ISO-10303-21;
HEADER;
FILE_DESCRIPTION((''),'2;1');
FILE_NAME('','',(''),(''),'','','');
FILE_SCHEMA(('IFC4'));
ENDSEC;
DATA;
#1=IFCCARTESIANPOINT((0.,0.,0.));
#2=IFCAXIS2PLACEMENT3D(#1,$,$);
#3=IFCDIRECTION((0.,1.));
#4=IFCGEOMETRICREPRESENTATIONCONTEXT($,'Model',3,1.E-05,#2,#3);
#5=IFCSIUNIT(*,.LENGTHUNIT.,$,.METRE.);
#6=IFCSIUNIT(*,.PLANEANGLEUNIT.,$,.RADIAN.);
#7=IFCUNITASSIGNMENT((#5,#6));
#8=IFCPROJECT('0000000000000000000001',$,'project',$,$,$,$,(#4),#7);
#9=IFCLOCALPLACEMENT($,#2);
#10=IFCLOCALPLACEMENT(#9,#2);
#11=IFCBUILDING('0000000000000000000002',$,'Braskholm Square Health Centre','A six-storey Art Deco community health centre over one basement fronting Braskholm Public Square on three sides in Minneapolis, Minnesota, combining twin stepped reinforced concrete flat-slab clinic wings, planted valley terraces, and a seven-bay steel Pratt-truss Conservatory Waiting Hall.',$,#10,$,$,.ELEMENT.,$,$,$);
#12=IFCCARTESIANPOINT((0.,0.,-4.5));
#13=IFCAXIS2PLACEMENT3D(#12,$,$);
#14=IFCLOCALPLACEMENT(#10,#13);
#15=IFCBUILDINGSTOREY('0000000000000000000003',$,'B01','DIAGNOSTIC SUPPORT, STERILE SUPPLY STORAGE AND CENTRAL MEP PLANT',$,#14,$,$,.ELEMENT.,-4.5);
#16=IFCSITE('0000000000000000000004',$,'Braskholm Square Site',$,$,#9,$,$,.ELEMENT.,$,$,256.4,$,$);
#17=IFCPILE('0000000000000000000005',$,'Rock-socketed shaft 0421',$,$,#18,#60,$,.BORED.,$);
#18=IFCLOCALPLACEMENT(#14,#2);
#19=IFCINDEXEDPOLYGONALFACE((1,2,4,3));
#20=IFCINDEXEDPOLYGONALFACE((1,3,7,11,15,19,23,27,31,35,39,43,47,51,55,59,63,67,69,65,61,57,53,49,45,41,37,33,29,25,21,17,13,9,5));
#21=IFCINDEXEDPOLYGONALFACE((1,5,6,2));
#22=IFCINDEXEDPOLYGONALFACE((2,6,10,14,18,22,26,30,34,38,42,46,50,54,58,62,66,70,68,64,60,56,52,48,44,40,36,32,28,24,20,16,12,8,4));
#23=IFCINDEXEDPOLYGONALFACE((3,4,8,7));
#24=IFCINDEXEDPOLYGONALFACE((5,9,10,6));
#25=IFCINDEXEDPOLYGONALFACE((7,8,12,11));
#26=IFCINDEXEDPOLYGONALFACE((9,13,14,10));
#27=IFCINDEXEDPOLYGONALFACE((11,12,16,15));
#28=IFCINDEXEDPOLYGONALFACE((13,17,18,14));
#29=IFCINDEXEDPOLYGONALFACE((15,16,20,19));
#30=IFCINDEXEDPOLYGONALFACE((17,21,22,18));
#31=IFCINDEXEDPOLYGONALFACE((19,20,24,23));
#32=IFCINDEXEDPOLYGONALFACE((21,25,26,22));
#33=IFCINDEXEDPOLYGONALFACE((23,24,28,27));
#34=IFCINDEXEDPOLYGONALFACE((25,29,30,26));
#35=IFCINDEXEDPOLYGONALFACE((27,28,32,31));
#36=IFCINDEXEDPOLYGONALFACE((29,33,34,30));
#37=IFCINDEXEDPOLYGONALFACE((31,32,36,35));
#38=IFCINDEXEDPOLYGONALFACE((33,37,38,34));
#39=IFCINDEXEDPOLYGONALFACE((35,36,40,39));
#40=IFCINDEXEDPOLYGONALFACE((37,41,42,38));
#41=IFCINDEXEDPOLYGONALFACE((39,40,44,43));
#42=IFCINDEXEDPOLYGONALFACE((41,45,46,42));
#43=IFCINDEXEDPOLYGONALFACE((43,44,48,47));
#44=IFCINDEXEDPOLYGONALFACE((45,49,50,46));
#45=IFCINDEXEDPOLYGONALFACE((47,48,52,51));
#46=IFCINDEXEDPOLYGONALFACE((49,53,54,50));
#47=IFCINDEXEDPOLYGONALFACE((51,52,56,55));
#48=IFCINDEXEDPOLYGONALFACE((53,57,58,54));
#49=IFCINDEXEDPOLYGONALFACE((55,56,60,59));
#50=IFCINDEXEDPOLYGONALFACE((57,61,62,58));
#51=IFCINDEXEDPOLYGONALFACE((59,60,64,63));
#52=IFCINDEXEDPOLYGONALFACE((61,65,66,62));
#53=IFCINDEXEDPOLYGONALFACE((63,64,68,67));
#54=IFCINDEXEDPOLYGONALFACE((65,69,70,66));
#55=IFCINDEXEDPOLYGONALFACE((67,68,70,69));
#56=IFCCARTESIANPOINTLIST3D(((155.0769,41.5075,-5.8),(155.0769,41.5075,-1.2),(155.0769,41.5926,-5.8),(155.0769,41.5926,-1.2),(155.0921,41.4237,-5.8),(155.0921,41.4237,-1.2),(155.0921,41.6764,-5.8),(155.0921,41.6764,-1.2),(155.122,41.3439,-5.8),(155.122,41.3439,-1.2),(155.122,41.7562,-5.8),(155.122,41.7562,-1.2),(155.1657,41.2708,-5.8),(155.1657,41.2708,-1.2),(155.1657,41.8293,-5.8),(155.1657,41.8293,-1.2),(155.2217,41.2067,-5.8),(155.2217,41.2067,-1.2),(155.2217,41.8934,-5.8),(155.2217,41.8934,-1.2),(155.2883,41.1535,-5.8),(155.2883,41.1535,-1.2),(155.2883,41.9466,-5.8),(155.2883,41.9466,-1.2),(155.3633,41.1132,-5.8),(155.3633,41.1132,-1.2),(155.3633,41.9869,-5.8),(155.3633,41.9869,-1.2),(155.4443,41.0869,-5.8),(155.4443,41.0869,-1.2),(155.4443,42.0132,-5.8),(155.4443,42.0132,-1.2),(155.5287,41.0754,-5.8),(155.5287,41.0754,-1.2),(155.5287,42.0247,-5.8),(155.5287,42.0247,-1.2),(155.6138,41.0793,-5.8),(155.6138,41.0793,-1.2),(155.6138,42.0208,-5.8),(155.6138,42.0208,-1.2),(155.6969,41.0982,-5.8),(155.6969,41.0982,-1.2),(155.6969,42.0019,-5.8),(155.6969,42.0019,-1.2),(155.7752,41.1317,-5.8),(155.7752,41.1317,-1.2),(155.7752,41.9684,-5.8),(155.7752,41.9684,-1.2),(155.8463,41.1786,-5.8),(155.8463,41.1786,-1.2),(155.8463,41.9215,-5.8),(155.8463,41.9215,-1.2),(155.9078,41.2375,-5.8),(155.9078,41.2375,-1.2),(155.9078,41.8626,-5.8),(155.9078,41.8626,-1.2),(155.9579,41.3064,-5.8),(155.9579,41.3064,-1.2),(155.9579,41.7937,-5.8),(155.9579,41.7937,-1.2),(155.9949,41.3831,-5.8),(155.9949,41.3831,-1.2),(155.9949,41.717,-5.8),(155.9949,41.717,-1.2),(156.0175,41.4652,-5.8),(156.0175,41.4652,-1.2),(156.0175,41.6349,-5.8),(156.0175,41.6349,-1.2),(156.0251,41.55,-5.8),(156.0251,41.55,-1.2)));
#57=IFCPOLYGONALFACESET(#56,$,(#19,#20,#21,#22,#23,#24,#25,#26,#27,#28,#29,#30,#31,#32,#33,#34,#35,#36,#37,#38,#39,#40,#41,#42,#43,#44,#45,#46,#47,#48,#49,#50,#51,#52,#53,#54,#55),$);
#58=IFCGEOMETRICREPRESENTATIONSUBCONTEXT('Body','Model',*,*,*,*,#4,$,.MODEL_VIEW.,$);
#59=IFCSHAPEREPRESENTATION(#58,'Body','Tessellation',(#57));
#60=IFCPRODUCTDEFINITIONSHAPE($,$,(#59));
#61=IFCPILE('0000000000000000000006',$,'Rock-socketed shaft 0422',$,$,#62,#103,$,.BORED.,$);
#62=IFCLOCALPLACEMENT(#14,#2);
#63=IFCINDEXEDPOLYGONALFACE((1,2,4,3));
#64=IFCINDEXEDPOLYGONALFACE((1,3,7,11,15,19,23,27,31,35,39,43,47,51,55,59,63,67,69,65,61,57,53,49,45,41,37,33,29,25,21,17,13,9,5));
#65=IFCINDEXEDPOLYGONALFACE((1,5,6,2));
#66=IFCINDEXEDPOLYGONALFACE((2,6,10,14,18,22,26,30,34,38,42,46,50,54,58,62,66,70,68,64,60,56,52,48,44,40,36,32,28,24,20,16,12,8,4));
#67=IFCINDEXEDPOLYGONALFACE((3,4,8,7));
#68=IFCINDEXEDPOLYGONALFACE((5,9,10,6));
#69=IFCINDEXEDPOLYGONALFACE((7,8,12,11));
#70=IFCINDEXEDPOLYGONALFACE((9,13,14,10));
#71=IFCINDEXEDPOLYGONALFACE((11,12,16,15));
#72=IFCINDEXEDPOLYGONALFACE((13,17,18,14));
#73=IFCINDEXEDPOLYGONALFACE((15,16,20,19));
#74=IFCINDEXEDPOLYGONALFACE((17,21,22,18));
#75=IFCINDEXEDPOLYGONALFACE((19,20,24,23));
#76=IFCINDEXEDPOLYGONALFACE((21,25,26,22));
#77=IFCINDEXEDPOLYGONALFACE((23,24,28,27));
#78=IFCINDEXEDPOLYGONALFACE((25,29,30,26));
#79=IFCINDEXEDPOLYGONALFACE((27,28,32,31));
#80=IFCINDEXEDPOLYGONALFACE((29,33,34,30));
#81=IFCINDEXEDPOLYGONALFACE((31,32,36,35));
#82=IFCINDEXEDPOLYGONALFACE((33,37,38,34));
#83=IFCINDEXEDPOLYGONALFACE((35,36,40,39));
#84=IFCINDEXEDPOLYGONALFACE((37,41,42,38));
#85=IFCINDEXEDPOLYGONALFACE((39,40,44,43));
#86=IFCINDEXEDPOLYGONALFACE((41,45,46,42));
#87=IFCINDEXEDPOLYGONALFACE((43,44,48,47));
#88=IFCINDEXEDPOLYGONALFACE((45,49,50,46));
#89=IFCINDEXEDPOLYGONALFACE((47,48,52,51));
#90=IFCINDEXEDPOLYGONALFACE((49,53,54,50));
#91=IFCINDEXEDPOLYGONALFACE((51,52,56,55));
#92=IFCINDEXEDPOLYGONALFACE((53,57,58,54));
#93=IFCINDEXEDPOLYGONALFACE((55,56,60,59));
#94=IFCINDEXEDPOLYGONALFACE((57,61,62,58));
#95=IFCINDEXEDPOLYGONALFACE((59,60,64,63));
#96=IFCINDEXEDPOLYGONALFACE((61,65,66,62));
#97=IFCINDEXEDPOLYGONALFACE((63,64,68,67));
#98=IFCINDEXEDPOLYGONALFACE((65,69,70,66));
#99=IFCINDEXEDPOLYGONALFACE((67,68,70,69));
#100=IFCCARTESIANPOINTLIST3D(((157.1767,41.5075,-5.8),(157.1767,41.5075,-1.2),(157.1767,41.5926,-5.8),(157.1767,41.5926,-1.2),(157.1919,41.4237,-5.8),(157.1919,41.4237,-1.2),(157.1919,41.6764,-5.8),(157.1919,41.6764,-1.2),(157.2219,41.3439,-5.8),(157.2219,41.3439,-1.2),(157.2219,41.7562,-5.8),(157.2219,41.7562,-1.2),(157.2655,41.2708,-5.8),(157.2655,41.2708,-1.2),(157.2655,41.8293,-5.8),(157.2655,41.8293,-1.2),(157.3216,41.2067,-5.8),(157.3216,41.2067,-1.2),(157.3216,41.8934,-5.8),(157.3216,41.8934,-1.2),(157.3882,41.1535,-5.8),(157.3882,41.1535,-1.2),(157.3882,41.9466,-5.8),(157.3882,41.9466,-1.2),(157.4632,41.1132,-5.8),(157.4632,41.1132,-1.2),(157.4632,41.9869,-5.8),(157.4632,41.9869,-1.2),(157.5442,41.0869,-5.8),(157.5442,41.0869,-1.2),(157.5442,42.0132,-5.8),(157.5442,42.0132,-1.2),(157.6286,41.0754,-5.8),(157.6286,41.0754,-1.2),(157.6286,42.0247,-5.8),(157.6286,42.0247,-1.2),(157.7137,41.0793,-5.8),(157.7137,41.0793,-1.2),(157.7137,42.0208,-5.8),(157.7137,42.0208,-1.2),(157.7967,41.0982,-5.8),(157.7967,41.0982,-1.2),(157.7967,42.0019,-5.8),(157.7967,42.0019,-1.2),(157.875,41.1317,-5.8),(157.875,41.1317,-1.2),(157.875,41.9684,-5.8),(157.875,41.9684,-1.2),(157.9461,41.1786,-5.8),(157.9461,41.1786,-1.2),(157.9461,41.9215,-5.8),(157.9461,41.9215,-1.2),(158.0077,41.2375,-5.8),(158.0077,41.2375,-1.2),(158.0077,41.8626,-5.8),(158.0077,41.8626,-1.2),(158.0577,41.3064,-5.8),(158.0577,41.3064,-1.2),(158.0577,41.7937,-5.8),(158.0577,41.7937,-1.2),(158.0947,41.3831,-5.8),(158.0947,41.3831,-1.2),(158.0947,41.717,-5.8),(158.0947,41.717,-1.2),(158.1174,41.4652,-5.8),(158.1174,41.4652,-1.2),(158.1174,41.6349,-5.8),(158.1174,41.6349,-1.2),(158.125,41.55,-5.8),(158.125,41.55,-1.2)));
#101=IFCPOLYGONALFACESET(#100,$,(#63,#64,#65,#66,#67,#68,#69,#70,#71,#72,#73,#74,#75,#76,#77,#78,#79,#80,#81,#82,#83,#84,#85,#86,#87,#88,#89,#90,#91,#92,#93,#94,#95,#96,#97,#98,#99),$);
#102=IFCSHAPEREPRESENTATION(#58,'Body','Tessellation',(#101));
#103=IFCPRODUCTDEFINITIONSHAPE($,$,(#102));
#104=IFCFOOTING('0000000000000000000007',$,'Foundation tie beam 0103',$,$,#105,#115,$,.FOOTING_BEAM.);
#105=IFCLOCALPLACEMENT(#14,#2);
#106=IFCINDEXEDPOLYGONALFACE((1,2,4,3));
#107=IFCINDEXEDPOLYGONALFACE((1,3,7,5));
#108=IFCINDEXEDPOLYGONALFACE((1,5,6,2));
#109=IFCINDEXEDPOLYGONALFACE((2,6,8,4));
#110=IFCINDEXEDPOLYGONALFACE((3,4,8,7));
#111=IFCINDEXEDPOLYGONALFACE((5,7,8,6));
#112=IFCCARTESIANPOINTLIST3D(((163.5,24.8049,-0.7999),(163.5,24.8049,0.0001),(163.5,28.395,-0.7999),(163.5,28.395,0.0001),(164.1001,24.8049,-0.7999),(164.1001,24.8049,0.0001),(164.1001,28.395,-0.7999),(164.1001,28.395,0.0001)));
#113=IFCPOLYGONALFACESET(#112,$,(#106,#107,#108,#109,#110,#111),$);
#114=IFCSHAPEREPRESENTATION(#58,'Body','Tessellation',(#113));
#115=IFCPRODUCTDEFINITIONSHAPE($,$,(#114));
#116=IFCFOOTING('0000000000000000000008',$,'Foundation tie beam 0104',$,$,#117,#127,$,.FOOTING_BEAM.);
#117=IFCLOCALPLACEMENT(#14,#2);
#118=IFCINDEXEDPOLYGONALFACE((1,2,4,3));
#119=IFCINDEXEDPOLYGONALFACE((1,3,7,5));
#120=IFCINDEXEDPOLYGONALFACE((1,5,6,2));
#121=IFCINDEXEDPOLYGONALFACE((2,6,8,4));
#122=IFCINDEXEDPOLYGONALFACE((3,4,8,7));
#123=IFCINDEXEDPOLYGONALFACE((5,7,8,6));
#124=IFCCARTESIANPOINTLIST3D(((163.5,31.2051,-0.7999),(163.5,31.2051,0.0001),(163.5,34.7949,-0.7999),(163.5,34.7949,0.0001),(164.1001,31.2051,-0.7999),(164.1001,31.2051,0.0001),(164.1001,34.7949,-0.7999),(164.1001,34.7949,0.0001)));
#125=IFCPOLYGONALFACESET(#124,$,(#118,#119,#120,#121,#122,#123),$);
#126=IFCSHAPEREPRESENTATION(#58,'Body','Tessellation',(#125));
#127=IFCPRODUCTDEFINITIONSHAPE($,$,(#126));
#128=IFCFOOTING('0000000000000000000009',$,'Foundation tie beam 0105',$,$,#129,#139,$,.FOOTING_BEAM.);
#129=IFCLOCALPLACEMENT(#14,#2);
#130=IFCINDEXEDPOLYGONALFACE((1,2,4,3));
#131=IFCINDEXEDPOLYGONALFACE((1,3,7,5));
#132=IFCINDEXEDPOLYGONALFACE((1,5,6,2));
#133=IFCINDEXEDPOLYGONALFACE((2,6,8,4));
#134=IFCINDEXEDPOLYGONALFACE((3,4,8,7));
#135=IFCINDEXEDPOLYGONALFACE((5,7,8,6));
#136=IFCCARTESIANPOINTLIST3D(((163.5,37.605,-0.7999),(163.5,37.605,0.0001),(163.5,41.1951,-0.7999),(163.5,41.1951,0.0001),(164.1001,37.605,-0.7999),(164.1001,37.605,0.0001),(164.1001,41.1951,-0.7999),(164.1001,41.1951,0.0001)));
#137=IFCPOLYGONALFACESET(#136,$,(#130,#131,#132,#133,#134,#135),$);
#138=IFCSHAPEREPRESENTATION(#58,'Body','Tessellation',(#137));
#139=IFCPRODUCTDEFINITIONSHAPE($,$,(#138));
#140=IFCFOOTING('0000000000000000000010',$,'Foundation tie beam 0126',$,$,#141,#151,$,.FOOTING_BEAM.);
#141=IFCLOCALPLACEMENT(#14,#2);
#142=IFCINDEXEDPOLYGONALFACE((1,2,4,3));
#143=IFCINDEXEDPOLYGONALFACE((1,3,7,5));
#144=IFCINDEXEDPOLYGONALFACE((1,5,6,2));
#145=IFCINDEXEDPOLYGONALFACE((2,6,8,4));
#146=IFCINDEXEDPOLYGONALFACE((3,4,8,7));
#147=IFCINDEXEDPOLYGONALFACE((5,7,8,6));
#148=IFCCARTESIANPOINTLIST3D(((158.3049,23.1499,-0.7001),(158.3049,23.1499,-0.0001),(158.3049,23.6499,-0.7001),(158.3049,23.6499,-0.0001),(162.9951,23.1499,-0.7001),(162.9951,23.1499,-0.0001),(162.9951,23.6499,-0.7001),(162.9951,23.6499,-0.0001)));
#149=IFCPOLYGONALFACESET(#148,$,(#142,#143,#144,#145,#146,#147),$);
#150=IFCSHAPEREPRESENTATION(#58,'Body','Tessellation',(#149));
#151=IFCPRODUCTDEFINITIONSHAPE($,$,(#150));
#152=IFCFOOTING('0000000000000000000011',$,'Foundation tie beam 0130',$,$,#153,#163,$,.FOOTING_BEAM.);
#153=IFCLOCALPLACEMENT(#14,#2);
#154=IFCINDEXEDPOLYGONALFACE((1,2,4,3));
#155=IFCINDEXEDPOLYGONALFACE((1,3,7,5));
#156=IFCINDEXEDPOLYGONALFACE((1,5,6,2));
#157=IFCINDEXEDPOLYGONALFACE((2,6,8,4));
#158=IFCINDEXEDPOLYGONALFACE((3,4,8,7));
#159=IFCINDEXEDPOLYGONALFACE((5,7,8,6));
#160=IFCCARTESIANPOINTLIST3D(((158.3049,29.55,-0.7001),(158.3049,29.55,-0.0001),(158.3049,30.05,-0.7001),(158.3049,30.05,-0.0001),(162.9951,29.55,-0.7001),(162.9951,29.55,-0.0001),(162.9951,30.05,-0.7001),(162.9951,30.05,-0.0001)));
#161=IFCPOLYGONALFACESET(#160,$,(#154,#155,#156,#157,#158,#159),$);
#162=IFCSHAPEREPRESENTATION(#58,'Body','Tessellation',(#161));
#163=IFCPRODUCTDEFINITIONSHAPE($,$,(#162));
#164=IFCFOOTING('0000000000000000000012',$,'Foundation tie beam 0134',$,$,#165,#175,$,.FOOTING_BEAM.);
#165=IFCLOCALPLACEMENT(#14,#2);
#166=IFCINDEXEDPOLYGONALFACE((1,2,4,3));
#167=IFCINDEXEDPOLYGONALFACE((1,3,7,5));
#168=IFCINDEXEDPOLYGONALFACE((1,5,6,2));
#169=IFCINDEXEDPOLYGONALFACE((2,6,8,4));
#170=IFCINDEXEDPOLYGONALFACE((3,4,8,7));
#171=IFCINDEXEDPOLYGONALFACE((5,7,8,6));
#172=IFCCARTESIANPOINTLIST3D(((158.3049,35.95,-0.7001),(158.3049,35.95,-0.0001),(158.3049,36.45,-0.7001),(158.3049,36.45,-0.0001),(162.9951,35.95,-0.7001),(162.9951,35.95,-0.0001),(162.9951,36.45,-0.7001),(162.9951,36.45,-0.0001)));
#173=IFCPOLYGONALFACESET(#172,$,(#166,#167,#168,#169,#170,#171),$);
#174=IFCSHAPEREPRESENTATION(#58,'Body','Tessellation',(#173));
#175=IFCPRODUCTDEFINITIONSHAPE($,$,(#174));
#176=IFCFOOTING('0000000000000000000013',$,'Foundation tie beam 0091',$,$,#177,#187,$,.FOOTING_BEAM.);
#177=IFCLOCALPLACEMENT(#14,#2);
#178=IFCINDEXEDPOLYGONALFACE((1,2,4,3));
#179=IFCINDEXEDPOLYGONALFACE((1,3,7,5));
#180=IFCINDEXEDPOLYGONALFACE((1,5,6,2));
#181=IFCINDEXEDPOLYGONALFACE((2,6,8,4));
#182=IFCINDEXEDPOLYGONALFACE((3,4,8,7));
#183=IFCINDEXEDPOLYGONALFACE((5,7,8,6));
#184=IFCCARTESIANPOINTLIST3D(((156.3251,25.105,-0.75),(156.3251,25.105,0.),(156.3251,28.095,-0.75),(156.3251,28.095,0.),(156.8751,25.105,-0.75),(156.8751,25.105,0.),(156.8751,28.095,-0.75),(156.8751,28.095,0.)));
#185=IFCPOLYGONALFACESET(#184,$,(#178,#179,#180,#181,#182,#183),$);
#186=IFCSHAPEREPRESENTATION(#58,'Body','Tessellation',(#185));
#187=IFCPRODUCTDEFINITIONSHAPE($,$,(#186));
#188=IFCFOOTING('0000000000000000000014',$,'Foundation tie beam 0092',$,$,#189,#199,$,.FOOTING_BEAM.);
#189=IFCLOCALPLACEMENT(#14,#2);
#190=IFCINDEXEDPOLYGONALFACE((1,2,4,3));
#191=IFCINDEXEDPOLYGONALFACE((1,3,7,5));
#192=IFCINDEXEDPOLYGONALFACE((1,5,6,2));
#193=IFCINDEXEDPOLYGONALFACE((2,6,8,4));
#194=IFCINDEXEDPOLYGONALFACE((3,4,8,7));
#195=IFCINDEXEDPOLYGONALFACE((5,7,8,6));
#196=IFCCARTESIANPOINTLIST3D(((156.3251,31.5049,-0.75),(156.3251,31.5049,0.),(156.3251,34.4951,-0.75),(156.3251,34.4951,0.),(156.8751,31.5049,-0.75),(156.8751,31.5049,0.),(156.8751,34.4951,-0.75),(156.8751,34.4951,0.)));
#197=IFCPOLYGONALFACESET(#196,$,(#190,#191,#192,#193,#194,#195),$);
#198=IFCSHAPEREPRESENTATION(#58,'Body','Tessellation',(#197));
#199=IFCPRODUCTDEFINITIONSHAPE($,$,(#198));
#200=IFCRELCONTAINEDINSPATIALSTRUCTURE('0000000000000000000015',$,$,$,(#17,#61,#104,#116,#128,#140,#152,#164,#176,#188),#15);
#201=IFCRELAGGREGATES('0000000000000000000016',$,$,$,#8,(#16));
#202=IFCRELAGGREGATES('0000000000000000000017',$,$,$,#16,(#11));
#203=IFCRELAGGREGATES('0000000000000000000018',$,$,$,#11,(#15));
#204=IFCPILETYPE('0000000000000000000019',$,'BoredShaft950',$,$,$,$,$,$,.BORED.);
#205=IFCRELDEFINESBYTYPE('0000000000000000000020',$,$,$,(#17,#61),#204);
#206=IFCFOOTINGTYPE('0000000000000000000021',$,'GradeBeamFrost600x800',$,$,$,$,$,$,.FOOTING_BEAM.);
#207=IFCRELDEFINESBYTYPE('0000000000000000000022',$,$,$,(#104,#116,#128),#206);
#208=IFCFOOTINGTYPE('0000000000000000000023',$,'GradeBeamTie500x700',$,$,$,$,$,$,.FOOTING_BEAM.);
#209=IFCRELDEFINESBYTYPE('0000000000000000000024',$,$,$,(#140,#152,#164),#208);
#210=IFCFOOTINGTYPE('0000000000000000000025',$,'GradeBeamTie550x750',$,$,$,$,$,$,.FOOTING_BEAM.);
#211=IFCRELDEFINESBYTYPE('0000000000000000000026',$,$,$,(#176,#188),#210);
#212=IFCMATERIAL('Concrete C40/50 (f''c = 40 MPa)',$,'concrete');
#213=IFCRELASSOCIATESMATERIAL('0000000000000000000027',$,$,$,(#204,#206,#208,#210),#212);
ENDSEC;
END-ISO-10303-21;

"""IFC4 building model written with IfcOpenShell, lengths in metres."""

from ifc_helpers import new_model, si_unit, direction, frame, origin, origin_2d, place, context, subcontext, project, spatial, rectangle, circle, extrude, material, material_profile, profile_set, type_object, element, save


model = new_model("IFC4")

# Units and contexts
model_context = context("Model", 3, precision=1e-05, world=origin(), true_north=direction((0.0, 1.0)))
body_context = subcontext(model_context, "Body", "Model", "MODEL_VIEW")
ifc_project = project(units=[si_unit("LENGTHUNIT", "METRE"), si_unit("PLANEANGLEUNIT", "RADIAN")], contexts=[model_context])

# Site, building, storey
site_placement = place(None, origin())
site = spatial("IfcSite", under=ifc_project, at=site_placement, Name="Braskholm Square Site", CompositionType="ELEMENT", RefElevation=256.4)
building_placement = place(site_placement, origin())
building = spatial("IfcBuilding", under=site, at=building_placement, Name="Braskholm Square Health Centre", Description="A six-storey Art Deco community health centre over one basement fronting Braskholm Public Square on three sides in Minneapolis, Minnesota, combining twin stepped reinforced concrete flat-slab clinic wings, planted valley terraces, and a seven-bay steel Pratt-truss Conservatory Waiting Hall.", CompositionType="ELEMENT")
storey_placement = place(building_placement, frame((0.0, 0.0, -4.5)))
storey = spatial("IfcBuildingStorey", under=building, at=storey_placement, Name="B01", Description="DIAGNOSTIC SUPPORT, STERILE SUPPLY STORAGE AND CENTRAL MEP PLANT", CompositionType="ELEMENT", Elevation=-4.5)

# Piles
ifc_material_1 = material(Name="Concrete C40/50 (f'c = 40 MPa)", Category="concrete")
ifc_material_profile_1 = material_profile(ifc_material_1, circle(Radius=0.4751, at=origin_2d()), Name="BORED-PILE-950")
ifc_profile_set_1 = profile_set([ifc_material_profile_1], Name="Concrete C40/50 (f'c = 40 MPa)")
pile_type_1 = type_object("IfcPileType", Name="BoredShaft950", PredefinedType="BORED", material=ifc_profile_set_1)
for number, where, z_axis, x_axis, name in (
    (1, (155.55, 41.55, -1.2), (0.0, 0.0, -1.0), (1.0, 0.0, 0.0), "Rock-socketed shaft 0421"),
    (2, (157.6499, 41.55, -1.2), (0.0, 0.0, -1.0), (1.0, 0.0, 0.0), "Rock-socketed shaft 0422"),
):
    element("IfcPile", number, at=place(storey_placement, frame(where, z_axis=z_axis, x_axis=x_axis)), inside=storey, type_object=pile_type_1, Name=name, PredefinedType="BORED", context=body_context, shape_type="SweptSolid", body=[
        extrude(circle(Radius=0.4751, at=origin_2d()), origin(), (0.0, 0.0, 1.0), 4.6001),
    ])

# Footings
ifc_material_profile_2 = material_profile(ifc_material_1, rectangle(XDim=0.6001, YDim=0.8, at=origin_2d()), Name="FTG-600X800")
ifc_profile_set_2 = profile_set([ifc_material_profile_2], Name="Concrete C40/50 (f'c = 40 MPa)")
footing_type_1 = type_object("IfcFootingType", Name="GradeBeamFrost600x800", PredefinedType="FOOTING_BEAM", material=ifc_profile_set_2)
footing_1_placement = place(storey_placement, frame((163.8, 24.8049, -0.3999), z_axis=(0.0, 1.0, 0.0), x_axis=(-1.0, 0.0, 0.0)))
element("IfcFooting", 3, at=footing_1_placement, inside=storey, type_object=footing_type_1, Name="Foundation tie beam 0103", PredefinedType="FOOTING_BEAM", context=body_context, shape_type="SweptSolid", body=[
    extrude(rectangle(XDim=0.6001, YDim=0.8, at=origin_2d()), origin(), (0.0, 0.0, 1.0), 3.5901),
])
footing_2_placement = place(storey_placement, frame((163.8, 31.2051, -0.3999), z_axis=(0.0, 1.0, 0.0), x_axis=(-1.0, 0.0, 0.0)))
element("IfcFooting", 4, at=footing_2_placement, inside=storey, type_object=footing_type_1, Name="Foundation tie beam 0104", PredefinedType="FOOTING_BEAM", context=body_context, shape_type="SweptSolid", body=[
    extrude(rectangle(XDim=0.6001, YDim=0.8, at=origin_2d()), origin(), (0.0, 0.0, 1.0), 3.5898),
])
footing_3_placement = place(storey_placement, frame((163.8, 37.605, -0.3999), z_axis=(0.0, 1.0, 0.0), x_axis=(-1.0, 0.0, 0.0)))
element("IfcFooting", 5, at=footing_3_placement, inside=storey, type_object=footing_type_1, Name="Foundation tie beam 0105", PredefinedType="FOOTING_BEAM", context=body_context, shape_type="SweptSolid", body=[
    extrude(rectangle(XDim=0.6001, YDim=0.8, at=origin_2d()), origin(), (0.0, 0.0, 1.0), 3.5901),
])
ifc_material_profile_3 = material_profile(ifc_material_1, rectangle(XDim=0.5, YDim=0.7, at=origin_2d()), Name="FTG-500X700")
ifc_profile_set_3 = profile_set([ifc_material_profile_3], Name="Concrete C40/50 (f'c = 40 MPa)")
footing_type_2 = type_object("IfcFootingType", Name="GradeBeamTie500x700", PredefinedType="FOOTING_BEAM", material=ifc_profile_set_3)
for number, where, z_axis, x_axis, name in (
    (6, (158.3049, 23.3999, -0.3501), (1.0, 0.0, 0.0), (0.0, 1.0, 0.0), "Foundation tie beam 0126"),
    (7, (158.3049, 29.8, -0.3501), (1.0, 0.0, 0.0), (0.0, 1.0, 0.0), "Foundation tie beam 0130"),
    (8, (158.3049, 36.2, -0.3501), (1.0, 0.0, 0.0), (0.0, 1.0, 0.0), "Foundation tie beam 0134"),
):
    element("IfcFooting", number, at=place(storey_placement, frame(where, z_axis=z_axis, x_axis=x_axis)), inside=storey, type_object=footing_type_2, Name=name, PredefinedType="FOOTING_BEAM", context=body_context, shape_type="SweptSolid", body=[
        extrude(rectangle(XDim=0.5, YDim=0.7, at=origin_2d()), origin(), (0.0, 0.0, 1.0), 4.6902),
    ])
ifc_material_profile_4 = material_profile(ifc_material_1, rectangle(XDim=0.55, YDim=0.75, at=origin_2d()), Name="FTG-550X750")
ifc_profile_set_4 = profile_set([ifc_material_profile_4], Name="Concrete C40/50 (f'c = 40 MPa)")
footing_type_3 = type_object("IfcFootingType", Name="GradeBeamTie550x750", PredefinedType="FOOTING_BEAM", material=ifc_profile_set_4)
footing_4_placement = place(storey_placement, frame((156.6001, 25.105, -0.375), z_axis=(0.0, 1.0, 0.0), x_axis=(-1.0, 0.0, 0.0)))
element("IfcFooting", 9, at=footing_4_placement, inside=storey, type_object=footing_type_3, Name="Foundation tie beam 0091", PredefinedType="FOOTING_BEAM", context=body_context, shape_type="SweptSolid", body=[
    extrude(rectangle(XDim=0.55, YDim=0.75, at=origin_2d()), origin(), (0.0, 0.0, 1.0), 2.99),
])
footing_5_placement = place(storey_placement, frame((156.6001, 31.5049, -0.375), z_axis=(0.0, 1.0, 0.0), x_axis=(-1.0, 0.0, 0.0)))
element("IfcFooting", 10, at=footing_5_placement, inside=storey, type_object=footing_type_3, Name="Foundation tie beam 0092", PredefinedType="FOOTING_BEAM", context=body_context, shape_type="SweptSolid", body=[
    extrude(rectangle(XDim=0.55, YDim=0.75, at=origin_2d()), origin(), (0.0, 0.0, 1.0), 2.9902),
])

save(model, "model.ifc")
